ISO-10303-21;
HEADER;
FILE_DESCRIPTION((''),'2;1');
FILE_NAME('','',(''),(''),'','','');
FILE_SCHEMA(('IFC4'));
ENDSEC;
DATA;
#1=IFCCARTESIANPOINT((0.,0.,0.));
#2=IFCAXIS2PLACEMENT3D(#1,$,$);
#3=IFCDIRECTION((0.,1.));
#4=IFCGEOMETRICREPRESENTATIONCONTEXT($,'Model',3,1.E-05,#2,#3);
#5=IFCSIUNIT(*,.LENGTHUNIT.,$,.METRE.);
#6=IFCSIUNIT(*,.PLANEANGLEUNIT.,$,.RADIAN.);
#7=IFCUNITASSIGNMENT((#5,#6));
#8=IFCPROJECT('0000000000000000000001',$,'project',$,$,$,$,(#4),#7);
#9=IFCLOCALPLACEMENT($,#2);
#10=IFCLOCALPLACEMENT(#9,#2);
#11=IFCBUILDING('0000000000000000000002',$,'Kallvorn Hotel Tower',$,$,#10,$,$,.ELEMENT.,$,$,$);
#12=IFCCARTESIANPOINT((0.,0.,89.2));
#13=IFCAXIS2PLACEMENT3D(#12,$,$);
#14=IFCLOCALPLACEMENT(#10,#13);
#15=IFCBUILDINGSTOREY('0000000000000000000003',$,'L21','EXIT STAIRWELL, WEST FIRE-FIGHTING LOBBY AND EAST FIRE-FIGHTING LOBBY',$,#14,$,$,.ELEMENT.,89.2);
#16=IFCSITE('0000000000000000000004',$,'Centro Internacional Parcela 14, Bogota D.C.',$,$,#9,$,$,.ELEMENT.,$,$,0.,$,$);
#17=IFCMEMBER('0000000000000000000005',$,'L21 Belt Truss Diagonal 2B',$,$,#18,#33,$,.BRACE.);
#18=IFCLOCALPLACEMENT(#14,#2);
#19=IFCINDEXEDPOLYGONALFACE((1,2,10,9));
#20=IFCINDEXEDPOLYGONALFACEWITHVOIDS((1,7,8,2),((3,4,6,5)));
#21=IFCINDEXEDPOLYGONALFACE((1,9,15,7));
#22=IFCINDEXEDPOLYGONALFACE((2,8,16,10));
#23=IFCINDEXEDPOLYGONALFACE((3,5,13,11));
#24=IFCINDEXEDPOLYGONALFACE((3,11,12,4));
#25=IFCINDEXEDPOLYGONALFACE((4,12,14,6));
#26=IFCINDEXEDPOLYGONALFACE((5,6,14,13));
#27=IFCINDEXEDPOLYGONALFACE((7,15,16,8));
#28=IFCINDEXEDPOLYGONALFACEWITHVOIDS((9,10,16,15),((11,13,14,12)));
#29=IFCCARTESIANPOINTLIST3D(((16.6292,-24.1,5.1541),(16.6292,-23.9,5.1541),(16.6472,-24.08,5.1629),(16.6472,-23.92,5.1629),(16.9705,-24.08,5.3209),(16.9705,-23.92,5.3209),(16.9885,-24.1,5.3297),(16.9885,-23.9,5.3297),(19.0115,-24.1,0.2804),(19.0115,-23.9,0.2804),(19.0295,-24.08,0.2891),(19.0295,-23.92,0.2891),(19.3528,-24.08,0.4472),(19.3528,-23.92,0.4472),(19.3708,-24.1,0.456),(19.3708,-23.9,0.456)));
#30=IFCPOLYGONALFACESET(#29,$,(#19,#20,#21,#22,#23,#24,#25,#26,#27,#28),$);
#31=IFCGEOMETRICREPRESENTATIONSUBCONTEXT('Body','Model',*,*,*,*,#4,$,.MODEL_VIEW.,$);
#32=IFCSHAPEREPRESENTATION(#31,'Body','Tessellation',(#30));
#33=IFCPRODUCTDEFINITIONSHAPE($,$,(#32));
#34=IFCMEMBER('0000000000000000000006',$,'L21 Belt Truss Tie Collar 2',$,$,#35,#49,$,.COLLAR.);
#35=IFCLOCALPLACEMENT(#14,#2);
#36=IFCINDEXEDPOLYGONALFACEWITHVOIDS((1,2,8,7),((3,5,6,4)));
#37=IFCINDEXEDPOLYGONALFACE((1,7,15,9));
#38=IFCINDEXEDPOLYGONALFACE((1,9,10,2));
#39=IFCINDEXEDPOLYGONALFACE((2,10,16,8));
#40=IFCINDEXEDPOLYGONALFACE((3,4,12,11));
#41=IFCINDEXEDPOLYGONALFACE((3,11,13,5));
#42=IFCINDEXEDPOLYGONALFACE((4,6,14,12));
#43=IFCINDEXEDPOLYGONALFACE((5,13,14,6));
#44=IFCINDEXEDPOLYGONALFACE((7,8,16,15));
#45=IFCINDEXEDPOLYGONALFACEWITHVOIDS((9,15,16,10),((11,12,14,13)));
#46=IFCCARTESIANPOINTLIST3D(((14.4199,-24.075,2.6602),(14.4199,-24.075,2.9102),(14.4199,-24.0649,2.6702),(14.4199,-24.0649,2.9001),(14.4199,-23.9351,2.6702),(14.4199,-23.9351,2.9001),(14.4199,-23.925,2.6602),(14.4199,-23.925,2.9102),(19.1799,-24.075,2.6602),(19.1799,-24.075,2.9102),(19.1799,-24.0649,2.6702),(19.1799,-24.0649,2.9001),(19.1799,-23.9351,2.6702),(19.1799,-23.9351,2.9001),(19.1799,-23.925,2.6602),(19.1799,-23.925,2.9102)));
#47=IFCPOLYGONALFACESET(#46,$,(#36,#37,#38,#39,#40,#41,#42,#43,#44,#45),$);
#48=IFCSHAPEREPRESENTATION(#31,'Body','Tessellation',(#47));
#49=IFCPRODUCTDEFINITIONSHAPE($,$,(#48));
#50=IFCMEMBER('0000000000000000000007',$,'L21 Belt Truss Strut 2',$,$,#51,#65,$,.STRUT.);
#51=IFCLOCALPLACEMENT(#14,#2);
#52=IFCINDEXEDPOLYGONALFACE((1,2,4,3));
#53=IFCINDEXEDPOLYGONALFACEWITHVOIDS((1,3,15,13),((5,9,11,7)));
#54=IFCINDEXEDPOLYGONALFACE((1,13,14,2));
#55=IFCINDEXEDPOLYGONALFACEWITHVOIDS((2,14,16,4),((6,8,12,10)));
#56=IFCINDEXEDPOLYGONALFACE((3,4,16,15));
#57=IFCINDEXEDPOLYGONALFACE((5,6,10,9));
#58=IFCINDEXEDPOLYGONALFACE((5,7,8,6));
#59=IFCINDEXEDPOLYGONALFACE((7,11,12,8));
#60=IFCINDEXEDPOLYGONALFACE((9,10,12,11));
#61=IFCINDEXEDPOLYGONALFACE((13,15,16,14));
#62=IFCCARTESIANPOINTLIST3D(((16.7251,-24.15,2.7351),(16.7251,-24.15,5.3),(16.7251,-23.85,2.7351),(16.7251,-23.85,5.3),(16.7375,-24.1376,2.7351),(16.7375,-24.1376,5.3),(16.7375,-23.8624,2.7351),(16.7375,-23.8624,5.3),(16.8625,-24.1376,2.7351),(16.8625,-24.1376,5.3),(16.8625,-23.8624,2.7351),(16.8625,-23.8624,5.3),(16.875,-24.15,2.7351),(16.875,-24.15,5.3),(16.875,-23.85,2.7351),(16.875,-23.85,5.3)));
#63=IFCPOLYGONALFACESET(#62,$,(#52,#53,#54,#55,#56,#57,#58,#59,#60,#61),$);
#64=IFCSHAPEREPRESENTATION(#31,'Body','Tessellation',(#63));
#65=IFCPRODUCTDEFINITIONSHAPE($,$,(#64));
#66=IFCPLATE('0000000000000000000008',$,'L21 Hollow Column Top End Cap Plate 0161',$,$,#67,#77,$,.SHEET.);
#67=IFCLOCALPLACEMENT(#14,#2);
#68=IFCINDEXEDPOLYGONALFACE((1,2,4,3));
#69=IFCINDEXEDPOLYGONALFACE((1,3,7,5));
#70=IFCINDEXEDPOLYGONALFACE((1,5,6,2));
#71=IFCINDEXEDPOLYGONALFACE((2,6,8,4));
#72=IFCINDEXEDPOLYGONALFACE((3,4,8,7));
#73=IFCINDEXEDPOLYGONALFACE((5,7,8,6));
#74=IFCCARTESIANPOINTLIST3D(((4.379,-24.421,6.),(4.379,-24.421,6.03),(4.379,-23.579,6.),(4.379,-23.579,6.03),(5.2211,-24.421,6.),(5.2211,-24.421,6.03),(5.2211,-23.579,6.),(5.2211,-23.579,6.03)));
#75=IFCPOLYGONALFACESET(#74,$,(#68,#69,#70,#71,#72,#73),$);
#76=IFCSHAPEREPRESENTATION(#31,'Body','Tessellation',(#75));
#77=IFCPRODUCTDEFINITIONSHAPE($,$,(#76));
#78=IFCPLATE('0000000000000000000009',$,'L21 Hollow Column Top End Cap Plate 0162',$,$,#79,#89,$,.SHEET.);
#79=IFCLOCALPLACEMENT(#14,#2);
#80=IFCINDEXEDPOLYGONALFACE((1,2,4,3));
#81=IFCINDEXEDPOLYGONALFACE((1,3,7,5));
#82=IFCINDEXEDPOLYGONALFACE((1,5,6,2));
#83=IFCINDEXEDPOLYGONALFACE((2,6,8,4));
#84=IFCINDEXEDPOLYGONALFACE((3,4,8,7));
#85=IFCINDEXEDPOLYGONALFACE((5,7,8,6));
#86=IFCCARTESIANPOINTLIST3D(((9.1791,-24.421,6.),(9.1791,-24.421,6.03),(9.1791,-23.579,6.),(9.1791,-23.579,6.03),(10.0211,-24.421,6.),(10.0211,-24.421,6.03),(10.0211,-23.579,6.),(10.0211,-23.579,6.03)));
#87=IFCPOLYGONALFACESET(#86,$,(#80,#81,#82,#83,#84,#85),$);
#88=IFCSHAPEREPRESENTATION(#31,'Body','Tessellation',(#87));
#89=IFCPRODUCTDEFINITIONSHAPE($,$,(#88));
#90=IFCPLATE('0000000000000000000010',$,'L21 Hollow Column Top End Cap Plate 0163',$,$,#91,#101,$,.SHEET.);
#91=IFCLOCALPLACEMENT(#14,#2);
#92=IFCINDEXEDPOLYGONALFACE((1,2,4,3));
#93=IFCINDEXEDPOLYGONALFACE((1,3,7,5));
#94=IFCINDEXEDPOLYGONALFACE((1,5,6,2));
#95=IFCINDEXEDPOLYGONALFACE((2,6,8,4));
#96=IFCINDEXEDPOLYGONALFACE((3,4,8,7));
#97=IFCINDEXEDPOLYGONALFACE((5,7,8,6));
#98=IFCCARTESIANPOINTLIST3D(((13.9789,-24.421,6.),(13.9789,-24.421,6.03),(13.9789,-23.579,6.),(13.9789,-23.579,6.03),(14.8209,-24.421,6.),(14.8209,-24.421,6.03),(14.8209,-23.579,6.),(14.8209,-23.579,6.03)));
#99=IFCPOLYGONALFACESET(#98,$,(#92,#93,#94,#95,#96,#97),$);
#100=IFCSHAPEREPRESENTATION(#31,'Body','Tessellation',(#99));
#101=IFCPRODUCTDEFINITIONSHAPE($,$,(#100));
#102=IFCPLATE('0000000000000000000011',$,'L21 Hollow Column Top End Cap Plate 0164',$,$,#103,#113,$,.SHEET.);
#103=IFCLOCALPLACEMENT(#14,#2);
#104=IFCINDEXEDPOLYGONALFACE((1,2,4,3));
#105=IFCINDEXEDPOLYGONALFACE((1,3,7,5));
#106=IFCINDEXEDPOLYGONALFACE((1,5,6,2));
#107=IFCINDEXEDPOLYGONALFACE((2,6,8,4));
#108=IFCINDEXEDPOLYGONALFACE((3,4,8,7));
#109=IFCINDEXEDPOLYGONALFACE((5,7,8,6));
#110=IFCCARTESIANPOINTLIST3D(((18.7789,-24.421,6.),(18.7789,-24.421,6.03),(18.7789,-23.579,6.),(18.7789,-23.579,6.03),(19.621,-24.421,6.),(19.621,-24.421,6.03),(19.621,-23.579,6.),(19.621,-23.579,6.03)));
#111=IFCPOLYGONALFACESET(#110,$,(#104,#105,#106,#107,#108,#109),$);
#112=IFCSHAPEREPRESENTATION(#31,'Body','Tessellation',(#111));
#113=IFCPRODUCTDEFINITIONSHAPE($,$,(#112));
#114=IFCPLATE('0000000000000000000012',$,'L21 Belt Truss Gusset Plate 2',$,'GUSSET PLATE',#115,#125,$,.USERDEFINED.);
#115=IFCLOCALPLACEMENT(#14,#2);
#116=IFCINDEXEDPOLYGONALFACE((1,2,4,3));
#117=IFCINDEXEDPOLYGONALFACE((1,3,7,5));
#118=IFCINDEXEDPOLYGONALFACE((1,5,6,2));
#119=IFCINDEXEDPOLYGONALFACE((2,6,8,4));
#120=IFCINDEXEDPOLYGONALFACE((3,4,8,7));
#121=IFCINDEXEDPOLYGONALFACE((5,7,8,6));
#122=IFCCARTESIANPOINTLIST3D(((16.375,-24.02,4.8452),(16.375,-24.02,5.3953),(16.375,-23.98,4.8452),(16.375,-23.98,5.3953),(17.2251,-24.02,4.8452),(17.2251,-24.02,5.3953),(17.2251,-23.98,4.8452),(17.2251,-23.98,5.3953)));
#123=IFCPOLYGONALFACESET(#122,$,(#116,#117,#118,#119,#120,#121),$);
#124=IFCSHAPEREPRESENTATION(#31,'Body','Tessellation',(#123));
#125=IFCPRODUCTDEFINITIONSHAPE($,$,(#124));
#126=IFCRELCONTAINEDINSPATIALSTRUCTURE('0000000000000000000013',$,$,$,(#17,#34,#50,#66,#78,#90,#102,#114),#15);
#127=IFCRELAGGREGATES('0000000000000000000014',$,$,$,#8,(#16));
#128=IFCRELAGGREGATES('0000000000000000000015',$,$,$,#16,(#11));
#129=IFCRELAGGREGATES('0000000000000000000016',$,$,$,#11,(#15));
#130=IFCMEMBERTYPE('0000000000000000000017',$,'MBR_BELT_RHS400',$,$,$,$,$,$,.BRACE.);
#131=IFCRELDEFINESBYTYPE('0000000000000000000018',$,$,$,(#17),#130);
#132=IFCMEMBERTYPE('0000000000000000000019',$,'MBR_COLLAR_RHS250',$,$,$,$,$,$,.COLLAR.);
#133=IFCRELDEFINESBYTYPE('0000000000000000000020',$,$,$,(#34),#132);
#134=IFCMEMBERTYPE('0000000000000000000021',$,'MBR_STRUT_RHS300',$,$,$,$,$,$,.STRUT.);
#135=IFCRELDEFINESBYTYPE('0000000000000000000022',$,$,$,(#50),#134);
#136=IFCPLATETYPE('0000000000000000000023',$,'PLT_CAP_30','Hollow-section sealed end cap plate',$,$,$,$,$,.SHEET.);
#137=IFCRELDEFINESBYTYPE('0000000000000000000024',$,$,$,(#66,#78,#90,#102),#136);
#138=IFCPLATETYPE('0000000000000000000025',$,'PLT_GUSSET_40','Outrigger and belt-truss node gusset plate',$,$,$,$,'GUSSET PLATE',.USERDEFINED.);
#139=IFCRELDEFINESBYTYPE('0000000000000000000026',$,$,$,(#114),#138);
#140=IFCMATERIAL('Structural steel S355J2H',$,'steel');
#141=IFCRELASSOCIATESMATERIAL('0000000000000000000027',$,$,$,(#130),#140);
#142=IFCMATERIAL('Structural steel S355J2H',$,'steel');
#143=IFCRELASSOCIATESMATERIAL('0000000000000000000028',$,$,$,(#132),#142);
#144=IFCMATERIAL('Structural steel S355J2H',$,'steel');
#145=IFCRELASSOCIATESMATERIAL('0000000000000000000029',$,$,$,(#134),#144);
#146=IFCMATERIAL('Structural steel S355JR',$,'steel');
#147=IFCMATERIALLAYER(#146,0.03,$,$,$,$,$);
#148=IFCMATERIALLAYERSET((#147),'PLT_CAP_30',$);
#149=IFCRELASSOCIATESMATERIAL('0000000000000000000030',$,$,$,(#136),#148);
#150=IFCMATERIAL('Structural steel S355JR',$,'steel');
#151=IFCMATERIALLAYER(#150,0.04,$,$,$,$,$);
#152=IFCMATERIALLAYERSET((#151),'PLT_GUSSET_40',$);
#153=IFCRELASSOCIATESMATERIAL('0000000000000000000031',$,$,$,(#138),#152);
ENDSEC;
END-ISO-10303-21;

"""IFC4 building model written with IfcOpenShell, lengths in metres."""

from ifc_helpers import new_model, si_unit, direction, frame, origin, origin_2d, place, context, subcontext, project, spatial, rectangle, hollow_rectangle, extrude, material, layer, layer_set, material_profile, profile_set, type_object, element, save


model = new_model("IFC4")

# Units and contexts
model_context = context("Model", 3, precision=1e-05, world=origin(), true_north=direction((0.0, 1.0)))
body_context = subcontext(model_context, "Body", "Model", "MODEL_VIEW")
ifc_project = project(units=[si_unit("LENGTHUNIT", "METRE"), si_unit("PLANEANGLEUNIT", "RADIAN")], contexts=[model_context])

# Site, building, storey
site_placement = place(None, origin())
site = spatial("IfcSite", under=ifc_project, at=site_placement, Name="Centro Internacional Parcela 14, Bogota D.C.", CompositionType="ELEMENT", RefElevation=0.0)
building_placement = place(site_placement, origin())
building = spatial("IfcBuilding", under=site, at=building_placement, Name="Kallvorn Hotel Tower", CompositionType="ELEMENT")
storey_placement = place(building_placement, frame((0.0, 0.0, 89.2)))
storey = spatial("IfcBuildingStorey", under=building, at=storey_placement, Name="L21", Description="EXIT STAIRWELL, WEST FIRE-FIGHTING LOBBY AND EAST FIRE-FIGHTING LOBBY", CompositionType="ELEMENT", Elevation=89.2)

# Members
ifc_material_1 = material(Name="Structural steel S355J2H", Category="steel")
ifc_material_profile_1 = material_profile(ifc_material_1, hollow_rectangle(XDim=0.2, YDim=0.3999, WallThickness=0.02, at=origin_2d()), Name="RHS 400x200x20")
ifc_profile_set_1 = profile_set([ifc_material_profile_1], Name="Structural steel S355J2H")
member_type_1 = type_object("IfcMemberType", Name="MBR_BELT_RHS400", PredefinedType="BRACE", material=ifc_profile_set_1)
member_1_placement = place(storey_placement, frame((19.1912, -24.0, 0.3682), z_axis=(-0.439149, 0.0, 0.898414), x_axis=(0.0, -1.0, 0.0)))
element("IfcMember", 1, at=member_1_placement, inside=storey, type_object=member_type_1, Name="L21 Belt Truss Diagonal 2B", PredefinedType="BRACE", context=body_context, shape_type="SweptSolid", body=[
    extrude(hollow_rectangle(XDim=0.2, YDim=0.3999, WallThickness=0.02, at=origin_2d()), origin(), (0.0, 0.0, 1.0), 5.4248),
])
ifc_material_2 = material(Name="Structural steel S355J2H", Category="steel")
ifc_material_profile_2 = material_profile(ifc_material_2, hollow_rectangle(XDim=0.1499, YDim=0.25, WallThickness=0.01, at=origin_2d()), Name="RHS 250x150x10")
ifc_profile_set_2 = profile_set([ifc_material_profile_2], Name="Structural steel S355J2H")
member_type_2 = type_object("IfcMemberType", Name="MBR_COLLAR_RHS250", PredefinedType="COLLAR", material=ifc_profile_set_2)
member_2_placement = place(storey_placement, frame((14.4199, -24.0, 2.7852), z_axis=(1.0, 0.0, 0.0), x_axis=(0.0, 1.0, 0.0)))
element("IfcMember", 2, at=member_2_placement, inside=storey, type_object=member_type_2, Name="L21 Belt Truss Tie Collar 2", PredefinedType="COLLAR", context=body_context, shape_type="SweptSolid", body=[
    extrude(hollow_rectangle(XDim=0.1499, YDim=0.25, WallThickness=0.01, at=origin_2d()), origin(), (0.0, 0.0, 1.0), 4.76),
])
ifc_material_3 = material(Name="Structural steel S355J2H", Category="steel")
ifc_material_profile_3 = material_profile(ifc_material_3, hollow_rectangle(XDim=0.1499, YDim=0.3, WallThickness=0.0125, at=origin_2d()), Name="RHS 300x150x12.5")
ifc_profile_set_3 = profile_set([ifc_material_profile_3], Name="Structural steel S355J2H")
member_type_3 = type_object("IfcMemberType", Name="MBR_STRUT_RHS300", PredefinedType="STRUT", material=ifc_profile_set_3)
member_3_placement = place(storey_placement, frame((16.8, -24.0, 2.7351), z_axis=(0.0, 0.0, 1.0), x_axis=(1.0, 0.0, 0.0)))
element("IfcMember", 3, at=member_3_placement, inside=storey, type_object=member_type_3, Name="L21 Belt Truss Strut 2", PredefinedType="STRUT", context=body_context, shape_type="SweptSolid", body=[
    extrude(hollow_rectangle(XDim=0.1499, YDim=0.3, WallThickness=0.0125, at=origin_2d()), origin(), (0.0, 0.0, 1.0), 2.5649),
])

# Plates
ifc_material_4 = material(Name="Structural steel S355JR", Category="steel")
ifc_layer_1 = layer(ifc_material_4, 0.03)
ifc_layer_set_1 = layer_set([ifc_layer_1], Name="PLT_CAP_30")
plate_type_1 = type_object("IfcPlateType", Name="PLT_CAP_30", Description="Hollow-section sealed end cap plate", PredefinedType="SHEET", material=ifc_layer_set_1)
for number, where, z_axis, x_axis, name in (
    (4, (4.8, -24.0, 6.0), (0.0, 0.0, 1.0), (1.0, 0.0, 0.0), "L21 Hollow Column Top End Cap Plate 0161"),
    (5, (9.6001, -24.0, 6.0), (0.0, 0.0, 1.0), (1.0, 0.0, 0.0), "L21 Hollow Column Top End Cap Plate 0162"),
    (6, (14.3999, -24.0, 6.0), (0.0, 0.0, 1.0), (1.0, 0.0, 0.0), "L21 Hollow Column Top End Cap Plate 0163"),
    (7, (19.2, -24.0, 6.0), (0.0, 0.0, 1.0), (1.0, 0.0, 0.0), "L21 Hollow Column Top End Cap Plate 0164"),
):
    element("IfcPlate", number, at=place(storey_placement, frame(where, z_axis=z_axis, x_axis=x_axis)), inside=storey, type_object=plate_type_1, Name=name, PredefinedType="SHEET", context=body_context, shape_type="SweptSolid", body=[
        extrude(rectangle(XDim=0.842, YDim=0.842, at=origin_2d()), origin(), (0.0, 0.0, 1.0), 0.03),
    ])
ifc_material_5 = material(Name="Structural steel S355JR", Category="steel")
ifc_layer_2 = layer(ifc_material_5, 0.04)
ifc_layer_set_2 = layer_set([ifc_layer_2], Name="PLT_GUSSET_40")
plate_type_2 = type_object("IfcPlateType", Name="PLT_GUSSET_40", Description="Outrigger and belt-truss node gusset plate", ElementType="GUSSET PLATE", PredefinedType="USERDEFINED", material=ifc_layer_set_2)
plate_placement = place(storey_placement, frame((16.8, -24.0, 4.8452), z_axis=(0.0, 0.0, 1.0), x_axis=(1.0, 0.0, 0.0)))
element("IfcPlate", 8, at=plate_placement, inside=storey, type_object=plate_type_2, Name="L21 Belt Truss Gusset Plate 2", ObjectType="GUSSET PLATE", PredefinedType="USERDEFINED", context=body_context, shape_type="SweptSolid", body=[
    extrude(rectangle(XDim=0.8501, YDim=0.04, at=origin_2d()), origin(), (0.0, 0.0, 1.0), 0.55),
])

save(model, "model.ifc")
